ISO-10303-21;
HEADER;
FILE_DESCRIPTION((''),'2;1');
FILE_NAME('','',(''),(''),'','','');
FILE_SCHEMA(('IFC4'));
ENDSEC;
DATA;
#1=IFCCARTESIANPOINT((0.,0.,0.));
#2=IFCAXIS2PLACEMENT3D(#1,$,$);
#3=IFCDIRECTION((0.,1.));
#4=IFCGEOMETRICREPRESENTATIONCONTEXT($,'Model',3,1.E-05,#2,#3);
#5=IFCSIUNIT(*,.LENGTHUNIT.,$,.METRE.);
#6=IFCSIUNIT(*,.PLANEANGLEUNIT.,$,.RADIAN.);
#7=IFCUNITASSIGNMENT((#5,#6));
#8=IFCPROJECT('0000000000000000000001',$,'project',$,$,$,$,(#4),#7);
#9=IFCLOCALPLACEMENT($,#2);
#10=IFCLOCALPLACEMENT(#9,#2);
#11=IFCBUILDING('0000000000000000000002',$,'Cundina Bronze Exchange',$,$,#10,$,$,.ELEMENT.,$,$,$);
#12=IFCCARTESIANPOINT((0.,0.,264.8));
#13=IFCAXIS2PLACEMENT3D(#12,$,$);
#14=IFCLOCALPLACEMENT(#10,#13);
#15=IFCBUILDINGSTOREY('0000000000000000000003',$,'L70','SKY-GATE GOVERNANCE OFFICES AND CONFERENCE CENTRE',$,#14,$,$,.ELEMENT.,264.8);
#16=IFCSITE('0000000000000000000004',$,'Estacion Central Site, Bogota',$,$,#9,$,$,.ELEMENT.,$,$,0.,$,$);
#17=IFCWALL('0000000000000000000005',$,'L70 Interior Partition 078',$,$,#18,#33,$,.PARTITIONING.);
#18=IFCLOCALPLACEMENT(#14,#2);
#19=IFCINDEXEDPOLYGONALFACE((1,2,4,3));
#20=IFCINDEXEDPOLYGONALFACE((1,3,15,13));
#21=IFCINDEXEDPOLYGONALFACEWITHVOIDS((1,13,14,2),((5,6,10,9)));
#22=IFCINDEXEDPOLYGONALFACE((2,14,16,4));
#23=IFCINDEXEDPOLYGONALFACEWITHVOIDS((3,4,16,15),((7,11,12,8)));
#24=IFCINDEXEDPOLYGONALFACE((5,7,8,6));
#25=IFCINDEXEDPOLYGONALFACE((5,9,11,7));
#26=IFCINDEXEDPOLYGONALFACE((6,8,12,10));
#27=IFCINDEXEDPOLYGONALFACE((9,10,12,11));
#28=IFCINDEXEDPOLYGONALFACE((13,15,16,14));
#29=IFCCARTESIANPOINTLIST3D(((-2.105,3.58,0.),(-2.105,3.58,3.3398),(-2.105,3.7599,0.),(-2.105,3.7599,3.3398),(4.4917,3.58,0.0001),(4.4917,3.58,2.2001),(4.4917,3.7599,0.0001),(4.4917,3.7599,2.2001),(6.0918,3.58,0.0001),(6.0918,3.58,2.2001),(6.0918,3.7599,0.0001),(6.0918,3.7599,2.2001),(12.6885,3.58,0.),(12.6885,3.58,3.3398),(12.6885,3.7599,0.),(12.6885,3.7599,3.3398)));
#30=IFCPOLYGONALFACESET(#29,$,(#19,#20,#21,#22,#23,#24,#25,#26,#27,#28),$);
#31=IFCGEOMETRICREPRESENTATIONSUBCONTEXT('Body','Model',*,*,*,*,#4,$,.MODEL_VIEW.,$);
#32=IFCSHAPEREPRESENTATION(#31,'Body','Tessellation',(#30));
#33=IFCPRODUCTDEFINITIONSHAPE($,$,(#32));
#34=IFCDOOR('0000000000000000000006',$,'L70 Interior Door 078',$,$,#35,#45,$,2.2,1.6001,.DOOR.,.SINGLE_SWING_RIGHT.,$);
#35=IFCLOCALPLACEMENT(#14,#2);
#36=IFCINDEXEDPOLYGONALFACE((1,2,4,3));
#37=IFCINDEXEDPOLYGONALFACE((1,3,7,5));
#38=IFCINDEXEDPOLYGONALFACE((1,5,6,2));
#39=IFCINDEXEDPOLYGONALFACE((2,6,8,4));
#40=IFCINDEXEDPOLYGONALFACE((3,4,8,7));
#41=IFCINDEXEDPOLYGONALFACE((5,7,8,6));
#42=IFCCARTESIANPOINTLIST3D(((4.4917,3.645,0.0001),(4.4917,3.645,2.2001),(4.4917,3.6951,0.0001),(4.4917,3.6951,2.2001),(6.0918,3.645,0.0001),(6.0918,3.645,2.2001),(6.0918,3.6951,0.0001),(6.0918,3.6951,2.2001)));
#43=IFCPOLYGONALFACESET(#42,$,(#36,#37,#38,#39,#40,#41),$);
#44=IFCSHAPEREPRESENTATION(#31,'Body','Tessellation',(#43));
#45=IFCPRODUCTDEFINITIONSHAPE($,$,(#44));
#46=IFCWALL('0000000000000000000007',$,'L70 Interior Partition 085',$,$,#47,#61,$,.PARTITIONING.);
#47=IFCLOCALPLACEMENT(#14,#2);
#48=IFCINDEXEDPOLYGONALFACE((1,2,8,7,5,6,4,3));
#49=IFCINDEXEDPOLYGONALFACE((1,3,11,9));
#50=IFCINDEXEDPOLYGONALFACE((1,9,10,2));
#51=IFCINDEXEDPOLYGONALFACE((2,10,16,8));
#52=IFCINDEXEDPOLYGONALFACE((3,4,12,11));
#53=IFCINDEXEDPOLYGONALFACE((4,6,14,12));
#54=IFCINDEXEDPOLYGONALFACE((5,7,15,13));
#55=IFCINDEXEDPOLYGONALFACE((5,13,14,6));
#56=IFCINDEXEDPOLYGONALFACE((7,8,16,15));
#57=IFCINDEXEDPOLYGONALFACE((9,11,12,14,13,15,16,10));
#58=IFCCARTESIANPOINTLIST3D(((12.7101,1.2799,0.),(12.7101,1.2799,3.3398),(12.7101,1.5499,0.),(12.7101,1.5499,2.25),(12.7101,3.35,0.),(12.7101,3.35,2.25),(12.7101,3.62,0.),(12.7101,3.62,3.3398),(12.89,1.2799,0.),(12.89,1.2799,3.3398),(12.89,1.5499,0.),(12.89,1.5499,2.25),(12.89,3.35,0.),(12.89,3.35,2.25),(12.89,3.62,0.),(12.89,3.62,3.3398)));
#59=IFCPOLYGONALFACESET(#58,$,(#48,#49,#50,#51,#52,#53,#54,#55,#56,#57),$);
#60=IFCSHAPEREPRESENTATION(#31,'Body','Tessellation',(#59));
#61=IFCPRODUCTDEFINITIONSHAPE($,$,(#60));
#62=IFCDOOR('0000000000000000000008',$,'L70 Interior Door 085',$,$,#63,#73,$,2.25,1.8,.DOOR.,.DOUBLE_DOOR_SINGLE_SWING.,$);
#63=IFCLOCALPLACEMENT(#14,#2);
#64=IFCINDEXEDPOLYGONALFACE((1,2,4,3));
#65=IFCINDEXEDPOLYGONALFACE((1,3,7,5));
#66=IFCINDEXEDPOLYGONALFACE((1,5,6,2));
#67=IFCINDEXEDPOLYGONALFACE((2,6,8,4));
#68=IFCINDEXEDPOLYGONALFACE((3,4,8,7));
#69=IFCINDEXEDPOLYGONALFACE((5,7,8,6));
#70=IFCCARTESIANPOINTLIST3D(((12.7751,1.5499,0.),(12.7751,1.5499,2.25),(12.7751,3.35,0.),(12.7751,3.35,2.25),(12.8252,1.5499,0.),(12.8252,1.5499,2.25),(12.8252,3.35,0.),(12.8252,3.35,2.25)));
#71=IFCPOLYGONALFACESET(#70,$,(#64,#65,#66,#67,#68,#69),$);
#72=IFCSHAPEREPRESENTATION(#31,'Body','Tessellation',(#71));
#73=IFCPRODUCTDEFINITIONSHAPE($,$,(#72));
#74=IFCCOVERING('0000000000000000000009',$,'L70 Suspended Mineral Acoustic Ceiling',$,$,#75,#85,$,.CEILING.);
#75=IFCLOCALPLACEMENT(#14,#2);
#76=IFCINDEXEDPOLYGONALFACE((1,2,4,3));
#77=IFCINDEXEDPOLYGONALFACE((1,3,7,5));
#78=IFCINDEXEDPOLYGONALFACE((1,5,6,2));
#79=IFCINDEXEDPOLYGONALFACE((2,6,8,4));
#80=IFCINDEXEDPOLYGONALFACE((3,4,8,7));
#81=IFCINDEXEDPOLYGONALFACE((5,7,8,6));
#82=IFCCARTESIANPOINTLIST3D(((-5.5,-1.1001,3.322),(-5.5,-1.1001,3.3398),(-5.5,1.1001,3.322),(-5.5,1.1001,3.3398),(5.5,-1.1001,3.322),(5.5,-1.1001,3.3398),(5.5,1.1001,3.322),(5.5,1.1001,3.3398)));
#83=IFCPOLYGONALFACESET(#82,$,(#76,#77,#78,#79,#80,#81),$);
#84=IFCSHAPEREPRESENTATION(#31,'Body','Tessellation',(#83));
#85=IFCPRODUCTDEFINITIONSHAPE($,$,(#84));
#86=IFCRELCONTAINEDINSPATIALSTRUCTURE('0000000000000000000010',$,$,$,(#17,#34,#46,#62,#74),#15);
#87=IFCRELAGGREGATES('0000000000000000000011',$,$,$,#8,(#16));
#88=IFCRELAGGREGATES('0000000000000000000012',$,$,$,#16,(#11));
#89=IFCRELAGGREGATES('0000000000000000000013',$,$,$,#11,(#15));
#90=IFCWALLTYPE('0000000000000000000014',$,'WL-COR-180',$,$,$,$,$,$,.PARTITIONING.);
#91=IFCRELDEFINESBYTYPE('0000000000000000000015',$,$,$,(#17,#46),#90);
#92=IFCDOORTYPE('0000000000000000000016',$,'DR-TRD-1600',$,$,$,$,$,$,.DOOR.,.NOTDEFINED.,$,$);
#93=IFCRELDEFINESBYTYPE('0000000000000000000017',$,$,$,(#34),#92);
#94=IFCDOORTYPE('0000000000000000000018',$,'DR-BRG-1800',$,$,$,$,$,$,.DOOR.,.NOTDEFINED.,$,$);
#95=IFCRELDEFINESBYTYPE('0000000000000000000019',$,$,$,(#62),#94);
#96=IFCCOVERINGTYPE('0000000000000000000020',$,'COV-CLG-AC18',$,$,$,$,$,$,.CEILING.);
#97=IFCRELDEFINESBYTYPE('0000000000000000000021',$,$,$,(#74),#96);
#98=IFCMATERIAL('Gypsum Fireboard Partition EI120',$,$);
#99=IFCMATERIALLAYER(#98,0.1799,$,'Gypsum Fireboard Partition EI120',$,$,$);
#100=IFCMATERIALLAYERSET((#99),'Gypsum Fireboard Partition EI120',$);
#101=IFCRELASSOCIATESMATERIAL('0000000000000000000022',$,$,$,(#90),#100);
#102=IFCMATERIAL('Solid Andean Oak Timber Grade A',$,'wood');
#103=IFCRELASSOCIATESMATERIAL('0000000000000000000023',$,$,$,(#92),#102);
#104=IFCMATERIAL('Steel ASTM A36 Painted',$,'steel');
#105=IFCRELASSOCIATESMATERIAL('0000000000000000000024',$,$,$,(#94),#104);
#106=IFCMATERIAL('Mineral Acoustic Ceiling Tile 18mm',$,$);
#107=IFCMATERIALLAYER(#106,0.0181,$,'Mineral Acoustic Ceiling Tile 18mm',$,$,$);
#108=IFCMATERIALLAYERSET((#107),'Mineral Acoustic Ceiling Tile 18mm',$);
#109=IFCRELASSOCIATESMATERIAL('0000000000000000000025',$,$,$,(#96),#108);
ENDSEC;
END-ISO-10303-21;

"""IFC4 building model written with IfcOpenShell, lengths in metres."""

from ifc_helpers import new_model, si_unit, direction, frame, frame_2d, origin, place, context, subcontext, project, spatial, polyline, rectangle, outline, extrude, material, layer, layer_set, type_object, element, fill, save


model = new_model("IFC4")

# Units and contexts
model_context = context("Model", 3, precision=1e-05, world=origin(), true_north=direction((0.0, 1.0)))
body_context = subcontext(model_context, "Body", "Model", "MODEL_VIEW")
ifc_project = project(units=[si_unit("LENGTHUNIT", "METRE"), si_unit("PLANEANGLEUNIT", "RADIAN")], contexts=[model_context])

# Site, building, storey
site_placement = place(None, origin())
site = spatial("IfcSite", under=ifc_project, at=site_placement, Name="Estacion Central Site, Bogota", CompositionType="ELEMENT", RefElevation=0.0)
building_placement = place(site_placement, origin())
building = spatial("IfcBuilding", under=site, at=building_placement, Name="Cundina Bronze Exchange", CompositionType="ELEMENT")
storey_placement = place(building_placement, frame((0.0, 0.0, 264.8)))
storey = spatial("IfcBuildingStorey", under=building, at=storey_placement, Name="L70", Description="SKY-GATE GOVERNANCE OFFICES AND CONFERENCE CENTRE", CompositionType="ELEMENT", Elevation=264.8)

# Walls, openings, doors
ifc_material_1 = material(Name="Gypsum Fireboard Partition EI120")
ifc_layer_1 = layer(ifc_material_1, 0.1799, Name="Gypsum Fireboard Partition EI120")
ifc_layer_set_1 = layer_set([ifc_layer_1], Name="Gypsum Fireboard Partition EI120")
wall_type = type_object("IfcWallType", Name="WL-COR-180", PredefinedType="PARTITIONING", material=ifc_layer_set_1)
ifc_material_2 = material(Name="Solid Andean Oak Timber Grade A", Category="wood")
wall_1_placement = place(storey_placement, frame((12.6885, 3.6699, 0.0), z_axis=(0.0, 0.0, 1.0), x_axis=(-1.0, 0.0, 0.0)))
wall_1 = element("IfcWall", 1, at=wall_1_placement, inside=storey, type_object=wall_type, Name="L70 Interior Partition 078", PredefinedType="PARTITIONING", context=body_context, shape_type="SweptSolid", body=[
    extrude(rectangle(XDim=14.7935, YDim=0.1799, at=frame_2d((7.3967, 0.0))), origin(), (0.0, 0.0, 1.0), 3.3398),
])
opening_1_placement = place(wall_1_placement, frame((6.5967, 0.0, 0.0)))
opening_1 = element("IfcOpeningElement", 2, at=opening_1_placement, cuts=wall_1, PredefinedType="OPENING", context=body_context, shape_type="SweptSolid", body=[
    extrude(rectangle(XDim=1.6001, YDim=2.2, at=frame_2d((0.8, 1.1001))), frame((0.0, 0.0999, 0.0), z_axis=(0.0, -1.0, 0.0), x_axis=(1.0, 0.0, 0.0)), (0.0, 0.0, 1.0), 0.2),
])
door_type_1 = type_object("IfcDoorType", Name="DR-TRD-1600", OperationType="NOTDEFINED", PredefinedType="DOOR", material=ifc_material_2)
door_1_placement = place(opening_1_placement, origin())
door_1 = element("IfcDoor", 3, at=door_1_placement, inside=storey, type_object=door_type_1, Name="L70 Interior Door 078", OperationType="SINGLE_SWING_RIGHT", OverallHeight=2.2, OverallWidth=1.6001, PredefinedType="DOOR", context=body_context, shape_type="SweptSolid", body=[
    extrude(rectangle(XDim=1.6001, YDim=2.2, at=frame_2d((0.8, 1.1001))), frame((0.0, 0.0249, 0.0), z_axis=(0.0, -1.0, 0.0), x_axis=(1.0, 0.0, 0.0)), (0.0, 0.0, 1.0), 0.05),
])
fill(opening_1, door_1)
wall_2_placement = place(storey_placement, frame((12.8, 1.28, 0.0), z_axis=(0.0, 0.0, 1.0), x_axis=(0.0, 1.0, 0.0)))
wall_2 = element("IfcWall", 4, at=wall_2_placement, inside=storey, type_object=wall_type, Name="L70 Interior Partition 085", PredefinedType="PARTITIONING", context=body_context, shape_type="SweptSolid", body=[
    extrude(rectangle(XDim=2.3401, YDim=0.1799, at=frame_2d((1.1699, 0.0))), origin(), (0.0, 0.0, 1.0), 3.3398),
])
opening_2_placement = place(wall_2_placement, frame((0.27, 0.0, 0.0)))
opening_2 = element("IfcOpeningElement", 5, at=opening_2_placement, cuts=wall_2, PredefinedType="OPENING", context=body_context, shape_type="SweptSolid", body=[
    extrude(rectangle(XDim=1.8, YDim=2.25, at=frame_2d((0.8999, 1.125))), frame((0.0, 0.0999, 0.0), z_axis=(0.0, -1.0, 0.0), x_axis=(1.0, 0.0, 0.0)), (0.0, 0.0, 1.0), 0.2),
])
ifc_material_3 = material(Name="Steel ASTM A36 Painted", Category="steel")
door_type_2 = type_object("IfcDoorType", Name="DR-BRG-1800", OperationType="NOTDEFINED", PredefinedType="DOOR", material=ifc_material_3)
door_2_placement = place(opening_2_placement, origin())
door_2 = element("IfcDoor", 6, at=door_2_placement, inside=storey, type_object=door_type_2, Name="L70 Interior Door 085", OperationType="DOUBLE_DOOR_SINGLE_SWING", OverallHeight=2.25, OverallWidth=1.8, PredefinedType="DOOR", context=body_context, shape_type="SweptSolid", body=[
    extrude(rectangle(XDim=1.8, YDim=2.25, at=frame_2d((0.8999, 1.125))), frame((0.0, 0.0249, 0.0), z_axis=(0.0, -1.0, 0.0), x_axis=(1.0, 0.0, 0.0)), (0.0, 0.0, 1.0), 0.05),
])
fill(opening_2, door_2)

# Covering
ifc_material_4 = material(Name="Mineral Acoustic Ceiling Tile 18mm")
ifc_layer_2 = layer(ifc_material_4, 0.0181, Name="Mineral Acoustic Ceiling Tile 18mm")
ifc_layer_set_2 = layer_set([ifc_layer_2], Name="Mineral Acoustic Ceiling Tile 18mm")
covering_type = type_object("IfcCoveringType", Name="COV-CLG-AC18", PredefinedType="CEILING", material=ifc_layer_set_2)
covering_placement = place(storey_placement, frame((0.0, 0.0, 3.322)))
element("IfcCovering", 7, at=covering_placement, inside=storey, type_object=covering_type, Name="L70 Suspended Mineral Acoustic Ceiling", PredefinedType="CEILING", context=body_context, shape_type="SweptSolid", body=[
    extrude(outline(polyline([(-5.5, -1.1001), (5.5, -1.1001), (5.5, 1.1001), (-5.5, 1.1001), (-5.5, -1.1001)])), origin(), (0.0, 0.0, 1.0), 0.0178),
])

save(model, "model.ifc")
